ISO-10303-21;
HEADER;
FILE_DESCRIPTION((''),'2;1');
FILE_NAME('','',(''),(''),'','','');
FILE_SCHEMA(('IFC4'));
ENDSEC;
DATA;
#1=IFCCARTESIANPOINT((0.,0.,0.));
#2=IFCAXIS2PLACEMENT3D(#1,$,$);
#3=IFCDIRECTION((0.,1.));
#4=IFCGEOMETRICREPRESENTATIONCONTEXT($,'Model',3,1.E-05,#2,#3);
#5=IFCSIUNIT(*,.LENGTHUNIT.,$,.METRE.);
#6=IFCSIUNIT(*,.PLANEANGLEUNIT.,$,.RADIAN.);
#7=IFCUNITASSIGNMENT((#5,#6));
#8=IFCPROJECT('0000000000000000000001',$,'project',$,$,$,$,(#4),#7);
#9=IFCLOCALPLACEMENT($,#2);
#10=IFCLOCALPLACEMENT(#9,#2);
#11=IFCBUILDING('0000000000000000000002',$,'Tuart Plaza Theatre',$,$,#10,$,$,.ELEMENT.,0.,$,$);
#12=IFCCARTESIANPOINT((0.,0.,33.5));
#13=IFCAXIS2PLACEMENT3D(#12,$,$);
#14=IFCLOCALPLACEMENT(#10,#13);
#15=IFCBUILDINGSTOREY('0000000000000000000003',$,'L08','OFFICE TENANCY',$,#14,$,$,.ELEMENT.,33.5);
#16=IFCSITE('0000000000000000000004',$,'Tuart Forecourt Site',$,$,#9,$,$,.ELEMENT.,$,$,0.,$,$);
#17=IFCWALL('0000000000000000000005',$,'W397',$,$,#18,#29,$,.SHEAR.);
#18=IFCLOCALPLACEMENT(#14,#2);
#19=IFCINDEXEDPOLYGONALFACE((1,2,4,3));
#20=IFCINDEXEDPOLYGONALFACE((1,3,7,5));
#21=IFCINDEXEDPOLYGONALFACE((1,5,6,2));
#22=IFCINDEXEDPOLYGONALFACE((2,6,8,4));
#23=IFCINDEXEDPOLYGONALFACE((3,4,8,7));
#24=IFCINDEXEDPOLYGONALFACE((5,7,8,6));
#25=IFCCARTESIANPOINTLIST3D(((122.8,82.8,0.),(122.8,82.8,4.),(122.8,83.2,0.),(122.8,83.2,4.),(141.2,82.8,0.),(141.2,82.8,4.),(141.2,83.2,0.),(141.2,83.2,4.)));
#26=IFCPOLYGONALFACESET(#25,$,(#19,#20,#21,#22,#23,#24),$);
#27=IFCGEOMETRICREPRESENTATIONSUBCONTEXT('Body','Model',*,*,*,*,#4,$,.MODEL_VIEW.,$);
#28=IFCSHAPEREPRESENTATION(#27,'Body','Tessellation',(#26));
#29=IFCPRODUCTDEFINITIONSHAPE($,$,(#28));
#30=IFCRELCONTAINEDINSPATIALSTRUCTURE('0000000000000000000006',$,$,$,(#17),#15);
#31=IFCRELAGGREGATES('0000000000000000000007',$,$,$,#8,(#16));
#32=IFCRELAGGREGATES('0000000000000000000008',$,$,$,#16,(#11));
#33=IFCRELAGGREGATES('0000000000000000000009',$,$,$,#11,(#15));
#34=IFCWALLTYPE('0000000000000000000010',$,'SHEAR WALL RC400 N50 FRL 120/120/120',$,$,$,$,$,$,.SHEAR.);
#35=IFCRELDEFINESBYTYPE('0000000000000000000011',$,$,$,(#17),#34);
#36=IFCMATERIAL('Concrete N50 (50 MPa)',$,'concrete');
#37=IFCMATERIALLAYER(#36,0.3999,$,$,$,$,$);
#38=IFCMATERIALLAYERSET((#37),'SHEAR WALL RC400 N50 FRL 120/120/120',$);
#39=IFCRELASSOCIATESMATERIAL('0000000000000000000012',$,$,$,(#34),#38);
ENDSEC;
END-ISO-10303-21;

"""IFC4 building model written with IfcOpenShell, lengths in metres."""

from ifc_helpers import new_model, si_unit, direction, frame, frame_2d, origin, place, context, subcontext, project, spatial, rectangle, extrude, material, layer, layer_set, type_object, element, save


model = new_model("IFC4")

# Units and contexts
model_context = context("Model", 3, precision=1e-05, world=origin(), true_north=direction((0.0, 1.0)))
body_context = subcontext(model_context, "Body", "Model", "MODEL_VIEW")
ifc_project = project(units=[si_unit("LENGTHUNIT", "METRE"), si_unit("PLANEANGLEUNIT", "RADIAN")], contexts=[model_context])

# Site, building, storey
site_placement = place(None, origin())
site = spatial("IfcSite", under=ifc_project, at=site_placement, Name="Tuart Forecourt Site", CompositionType="ELEMENT", RefElevation=0.0)
building_placement = place(site_placement, origin())
building = spatial("IfcBuilding", under=site, at=building_placement, Name="Tuart Plaza Theatre", CompositionType="ELEMENT", ElevationOfRefHeight=0.0)
storey_placement = place(building_placement, frame((0.0, 0.0, 33.5)))
storey = spatial("IfcBuildingStorey", under=building, at=storey_placement, Name="L08", Description="OFFICE TENANCY", CompositionType="ELEMENT", Elevation=33.5)

# Wall
ifc_material_1 = material(Name="Concrete N50 (50 MPa)", Category="concrete")
ifc_layer_1 = layer(ifc_material_1, 0.3999)
ifc_layer_set_1 = layer_set([ifc_layer_1], Name="SHEAR WALL RC400 N50 FRL 120/120/120")
wall_type_1 = type_object("IfcWallType", Name="SHEAR WALL RC400 N50 FRL 120/120/120", PredefinedType="SHEAR", material=ifc_layer_set_1)
wall_1_placement = place(storey_placement, frame((141.2, 83.0, 0.0), z_axis=(0.0, 0.0, 1.0), x_axis=(-1.0, 0.0, 0.0)))
element("IfcWall", 1, at=wall_1_placement, inside=storey, type_object=wall_type_1, Name="W397", PredefinedType="SHEAR", context=body_context, shape_type="SweptSolid", body=[
    extrude(rectangle(XDim=18.3999, YDim=0.3999, at=frame_2d((9.2, 0.0))), origin(), (0.0, 0.0, 1.0), 4.0),
])

save(model, "model.ifc")
